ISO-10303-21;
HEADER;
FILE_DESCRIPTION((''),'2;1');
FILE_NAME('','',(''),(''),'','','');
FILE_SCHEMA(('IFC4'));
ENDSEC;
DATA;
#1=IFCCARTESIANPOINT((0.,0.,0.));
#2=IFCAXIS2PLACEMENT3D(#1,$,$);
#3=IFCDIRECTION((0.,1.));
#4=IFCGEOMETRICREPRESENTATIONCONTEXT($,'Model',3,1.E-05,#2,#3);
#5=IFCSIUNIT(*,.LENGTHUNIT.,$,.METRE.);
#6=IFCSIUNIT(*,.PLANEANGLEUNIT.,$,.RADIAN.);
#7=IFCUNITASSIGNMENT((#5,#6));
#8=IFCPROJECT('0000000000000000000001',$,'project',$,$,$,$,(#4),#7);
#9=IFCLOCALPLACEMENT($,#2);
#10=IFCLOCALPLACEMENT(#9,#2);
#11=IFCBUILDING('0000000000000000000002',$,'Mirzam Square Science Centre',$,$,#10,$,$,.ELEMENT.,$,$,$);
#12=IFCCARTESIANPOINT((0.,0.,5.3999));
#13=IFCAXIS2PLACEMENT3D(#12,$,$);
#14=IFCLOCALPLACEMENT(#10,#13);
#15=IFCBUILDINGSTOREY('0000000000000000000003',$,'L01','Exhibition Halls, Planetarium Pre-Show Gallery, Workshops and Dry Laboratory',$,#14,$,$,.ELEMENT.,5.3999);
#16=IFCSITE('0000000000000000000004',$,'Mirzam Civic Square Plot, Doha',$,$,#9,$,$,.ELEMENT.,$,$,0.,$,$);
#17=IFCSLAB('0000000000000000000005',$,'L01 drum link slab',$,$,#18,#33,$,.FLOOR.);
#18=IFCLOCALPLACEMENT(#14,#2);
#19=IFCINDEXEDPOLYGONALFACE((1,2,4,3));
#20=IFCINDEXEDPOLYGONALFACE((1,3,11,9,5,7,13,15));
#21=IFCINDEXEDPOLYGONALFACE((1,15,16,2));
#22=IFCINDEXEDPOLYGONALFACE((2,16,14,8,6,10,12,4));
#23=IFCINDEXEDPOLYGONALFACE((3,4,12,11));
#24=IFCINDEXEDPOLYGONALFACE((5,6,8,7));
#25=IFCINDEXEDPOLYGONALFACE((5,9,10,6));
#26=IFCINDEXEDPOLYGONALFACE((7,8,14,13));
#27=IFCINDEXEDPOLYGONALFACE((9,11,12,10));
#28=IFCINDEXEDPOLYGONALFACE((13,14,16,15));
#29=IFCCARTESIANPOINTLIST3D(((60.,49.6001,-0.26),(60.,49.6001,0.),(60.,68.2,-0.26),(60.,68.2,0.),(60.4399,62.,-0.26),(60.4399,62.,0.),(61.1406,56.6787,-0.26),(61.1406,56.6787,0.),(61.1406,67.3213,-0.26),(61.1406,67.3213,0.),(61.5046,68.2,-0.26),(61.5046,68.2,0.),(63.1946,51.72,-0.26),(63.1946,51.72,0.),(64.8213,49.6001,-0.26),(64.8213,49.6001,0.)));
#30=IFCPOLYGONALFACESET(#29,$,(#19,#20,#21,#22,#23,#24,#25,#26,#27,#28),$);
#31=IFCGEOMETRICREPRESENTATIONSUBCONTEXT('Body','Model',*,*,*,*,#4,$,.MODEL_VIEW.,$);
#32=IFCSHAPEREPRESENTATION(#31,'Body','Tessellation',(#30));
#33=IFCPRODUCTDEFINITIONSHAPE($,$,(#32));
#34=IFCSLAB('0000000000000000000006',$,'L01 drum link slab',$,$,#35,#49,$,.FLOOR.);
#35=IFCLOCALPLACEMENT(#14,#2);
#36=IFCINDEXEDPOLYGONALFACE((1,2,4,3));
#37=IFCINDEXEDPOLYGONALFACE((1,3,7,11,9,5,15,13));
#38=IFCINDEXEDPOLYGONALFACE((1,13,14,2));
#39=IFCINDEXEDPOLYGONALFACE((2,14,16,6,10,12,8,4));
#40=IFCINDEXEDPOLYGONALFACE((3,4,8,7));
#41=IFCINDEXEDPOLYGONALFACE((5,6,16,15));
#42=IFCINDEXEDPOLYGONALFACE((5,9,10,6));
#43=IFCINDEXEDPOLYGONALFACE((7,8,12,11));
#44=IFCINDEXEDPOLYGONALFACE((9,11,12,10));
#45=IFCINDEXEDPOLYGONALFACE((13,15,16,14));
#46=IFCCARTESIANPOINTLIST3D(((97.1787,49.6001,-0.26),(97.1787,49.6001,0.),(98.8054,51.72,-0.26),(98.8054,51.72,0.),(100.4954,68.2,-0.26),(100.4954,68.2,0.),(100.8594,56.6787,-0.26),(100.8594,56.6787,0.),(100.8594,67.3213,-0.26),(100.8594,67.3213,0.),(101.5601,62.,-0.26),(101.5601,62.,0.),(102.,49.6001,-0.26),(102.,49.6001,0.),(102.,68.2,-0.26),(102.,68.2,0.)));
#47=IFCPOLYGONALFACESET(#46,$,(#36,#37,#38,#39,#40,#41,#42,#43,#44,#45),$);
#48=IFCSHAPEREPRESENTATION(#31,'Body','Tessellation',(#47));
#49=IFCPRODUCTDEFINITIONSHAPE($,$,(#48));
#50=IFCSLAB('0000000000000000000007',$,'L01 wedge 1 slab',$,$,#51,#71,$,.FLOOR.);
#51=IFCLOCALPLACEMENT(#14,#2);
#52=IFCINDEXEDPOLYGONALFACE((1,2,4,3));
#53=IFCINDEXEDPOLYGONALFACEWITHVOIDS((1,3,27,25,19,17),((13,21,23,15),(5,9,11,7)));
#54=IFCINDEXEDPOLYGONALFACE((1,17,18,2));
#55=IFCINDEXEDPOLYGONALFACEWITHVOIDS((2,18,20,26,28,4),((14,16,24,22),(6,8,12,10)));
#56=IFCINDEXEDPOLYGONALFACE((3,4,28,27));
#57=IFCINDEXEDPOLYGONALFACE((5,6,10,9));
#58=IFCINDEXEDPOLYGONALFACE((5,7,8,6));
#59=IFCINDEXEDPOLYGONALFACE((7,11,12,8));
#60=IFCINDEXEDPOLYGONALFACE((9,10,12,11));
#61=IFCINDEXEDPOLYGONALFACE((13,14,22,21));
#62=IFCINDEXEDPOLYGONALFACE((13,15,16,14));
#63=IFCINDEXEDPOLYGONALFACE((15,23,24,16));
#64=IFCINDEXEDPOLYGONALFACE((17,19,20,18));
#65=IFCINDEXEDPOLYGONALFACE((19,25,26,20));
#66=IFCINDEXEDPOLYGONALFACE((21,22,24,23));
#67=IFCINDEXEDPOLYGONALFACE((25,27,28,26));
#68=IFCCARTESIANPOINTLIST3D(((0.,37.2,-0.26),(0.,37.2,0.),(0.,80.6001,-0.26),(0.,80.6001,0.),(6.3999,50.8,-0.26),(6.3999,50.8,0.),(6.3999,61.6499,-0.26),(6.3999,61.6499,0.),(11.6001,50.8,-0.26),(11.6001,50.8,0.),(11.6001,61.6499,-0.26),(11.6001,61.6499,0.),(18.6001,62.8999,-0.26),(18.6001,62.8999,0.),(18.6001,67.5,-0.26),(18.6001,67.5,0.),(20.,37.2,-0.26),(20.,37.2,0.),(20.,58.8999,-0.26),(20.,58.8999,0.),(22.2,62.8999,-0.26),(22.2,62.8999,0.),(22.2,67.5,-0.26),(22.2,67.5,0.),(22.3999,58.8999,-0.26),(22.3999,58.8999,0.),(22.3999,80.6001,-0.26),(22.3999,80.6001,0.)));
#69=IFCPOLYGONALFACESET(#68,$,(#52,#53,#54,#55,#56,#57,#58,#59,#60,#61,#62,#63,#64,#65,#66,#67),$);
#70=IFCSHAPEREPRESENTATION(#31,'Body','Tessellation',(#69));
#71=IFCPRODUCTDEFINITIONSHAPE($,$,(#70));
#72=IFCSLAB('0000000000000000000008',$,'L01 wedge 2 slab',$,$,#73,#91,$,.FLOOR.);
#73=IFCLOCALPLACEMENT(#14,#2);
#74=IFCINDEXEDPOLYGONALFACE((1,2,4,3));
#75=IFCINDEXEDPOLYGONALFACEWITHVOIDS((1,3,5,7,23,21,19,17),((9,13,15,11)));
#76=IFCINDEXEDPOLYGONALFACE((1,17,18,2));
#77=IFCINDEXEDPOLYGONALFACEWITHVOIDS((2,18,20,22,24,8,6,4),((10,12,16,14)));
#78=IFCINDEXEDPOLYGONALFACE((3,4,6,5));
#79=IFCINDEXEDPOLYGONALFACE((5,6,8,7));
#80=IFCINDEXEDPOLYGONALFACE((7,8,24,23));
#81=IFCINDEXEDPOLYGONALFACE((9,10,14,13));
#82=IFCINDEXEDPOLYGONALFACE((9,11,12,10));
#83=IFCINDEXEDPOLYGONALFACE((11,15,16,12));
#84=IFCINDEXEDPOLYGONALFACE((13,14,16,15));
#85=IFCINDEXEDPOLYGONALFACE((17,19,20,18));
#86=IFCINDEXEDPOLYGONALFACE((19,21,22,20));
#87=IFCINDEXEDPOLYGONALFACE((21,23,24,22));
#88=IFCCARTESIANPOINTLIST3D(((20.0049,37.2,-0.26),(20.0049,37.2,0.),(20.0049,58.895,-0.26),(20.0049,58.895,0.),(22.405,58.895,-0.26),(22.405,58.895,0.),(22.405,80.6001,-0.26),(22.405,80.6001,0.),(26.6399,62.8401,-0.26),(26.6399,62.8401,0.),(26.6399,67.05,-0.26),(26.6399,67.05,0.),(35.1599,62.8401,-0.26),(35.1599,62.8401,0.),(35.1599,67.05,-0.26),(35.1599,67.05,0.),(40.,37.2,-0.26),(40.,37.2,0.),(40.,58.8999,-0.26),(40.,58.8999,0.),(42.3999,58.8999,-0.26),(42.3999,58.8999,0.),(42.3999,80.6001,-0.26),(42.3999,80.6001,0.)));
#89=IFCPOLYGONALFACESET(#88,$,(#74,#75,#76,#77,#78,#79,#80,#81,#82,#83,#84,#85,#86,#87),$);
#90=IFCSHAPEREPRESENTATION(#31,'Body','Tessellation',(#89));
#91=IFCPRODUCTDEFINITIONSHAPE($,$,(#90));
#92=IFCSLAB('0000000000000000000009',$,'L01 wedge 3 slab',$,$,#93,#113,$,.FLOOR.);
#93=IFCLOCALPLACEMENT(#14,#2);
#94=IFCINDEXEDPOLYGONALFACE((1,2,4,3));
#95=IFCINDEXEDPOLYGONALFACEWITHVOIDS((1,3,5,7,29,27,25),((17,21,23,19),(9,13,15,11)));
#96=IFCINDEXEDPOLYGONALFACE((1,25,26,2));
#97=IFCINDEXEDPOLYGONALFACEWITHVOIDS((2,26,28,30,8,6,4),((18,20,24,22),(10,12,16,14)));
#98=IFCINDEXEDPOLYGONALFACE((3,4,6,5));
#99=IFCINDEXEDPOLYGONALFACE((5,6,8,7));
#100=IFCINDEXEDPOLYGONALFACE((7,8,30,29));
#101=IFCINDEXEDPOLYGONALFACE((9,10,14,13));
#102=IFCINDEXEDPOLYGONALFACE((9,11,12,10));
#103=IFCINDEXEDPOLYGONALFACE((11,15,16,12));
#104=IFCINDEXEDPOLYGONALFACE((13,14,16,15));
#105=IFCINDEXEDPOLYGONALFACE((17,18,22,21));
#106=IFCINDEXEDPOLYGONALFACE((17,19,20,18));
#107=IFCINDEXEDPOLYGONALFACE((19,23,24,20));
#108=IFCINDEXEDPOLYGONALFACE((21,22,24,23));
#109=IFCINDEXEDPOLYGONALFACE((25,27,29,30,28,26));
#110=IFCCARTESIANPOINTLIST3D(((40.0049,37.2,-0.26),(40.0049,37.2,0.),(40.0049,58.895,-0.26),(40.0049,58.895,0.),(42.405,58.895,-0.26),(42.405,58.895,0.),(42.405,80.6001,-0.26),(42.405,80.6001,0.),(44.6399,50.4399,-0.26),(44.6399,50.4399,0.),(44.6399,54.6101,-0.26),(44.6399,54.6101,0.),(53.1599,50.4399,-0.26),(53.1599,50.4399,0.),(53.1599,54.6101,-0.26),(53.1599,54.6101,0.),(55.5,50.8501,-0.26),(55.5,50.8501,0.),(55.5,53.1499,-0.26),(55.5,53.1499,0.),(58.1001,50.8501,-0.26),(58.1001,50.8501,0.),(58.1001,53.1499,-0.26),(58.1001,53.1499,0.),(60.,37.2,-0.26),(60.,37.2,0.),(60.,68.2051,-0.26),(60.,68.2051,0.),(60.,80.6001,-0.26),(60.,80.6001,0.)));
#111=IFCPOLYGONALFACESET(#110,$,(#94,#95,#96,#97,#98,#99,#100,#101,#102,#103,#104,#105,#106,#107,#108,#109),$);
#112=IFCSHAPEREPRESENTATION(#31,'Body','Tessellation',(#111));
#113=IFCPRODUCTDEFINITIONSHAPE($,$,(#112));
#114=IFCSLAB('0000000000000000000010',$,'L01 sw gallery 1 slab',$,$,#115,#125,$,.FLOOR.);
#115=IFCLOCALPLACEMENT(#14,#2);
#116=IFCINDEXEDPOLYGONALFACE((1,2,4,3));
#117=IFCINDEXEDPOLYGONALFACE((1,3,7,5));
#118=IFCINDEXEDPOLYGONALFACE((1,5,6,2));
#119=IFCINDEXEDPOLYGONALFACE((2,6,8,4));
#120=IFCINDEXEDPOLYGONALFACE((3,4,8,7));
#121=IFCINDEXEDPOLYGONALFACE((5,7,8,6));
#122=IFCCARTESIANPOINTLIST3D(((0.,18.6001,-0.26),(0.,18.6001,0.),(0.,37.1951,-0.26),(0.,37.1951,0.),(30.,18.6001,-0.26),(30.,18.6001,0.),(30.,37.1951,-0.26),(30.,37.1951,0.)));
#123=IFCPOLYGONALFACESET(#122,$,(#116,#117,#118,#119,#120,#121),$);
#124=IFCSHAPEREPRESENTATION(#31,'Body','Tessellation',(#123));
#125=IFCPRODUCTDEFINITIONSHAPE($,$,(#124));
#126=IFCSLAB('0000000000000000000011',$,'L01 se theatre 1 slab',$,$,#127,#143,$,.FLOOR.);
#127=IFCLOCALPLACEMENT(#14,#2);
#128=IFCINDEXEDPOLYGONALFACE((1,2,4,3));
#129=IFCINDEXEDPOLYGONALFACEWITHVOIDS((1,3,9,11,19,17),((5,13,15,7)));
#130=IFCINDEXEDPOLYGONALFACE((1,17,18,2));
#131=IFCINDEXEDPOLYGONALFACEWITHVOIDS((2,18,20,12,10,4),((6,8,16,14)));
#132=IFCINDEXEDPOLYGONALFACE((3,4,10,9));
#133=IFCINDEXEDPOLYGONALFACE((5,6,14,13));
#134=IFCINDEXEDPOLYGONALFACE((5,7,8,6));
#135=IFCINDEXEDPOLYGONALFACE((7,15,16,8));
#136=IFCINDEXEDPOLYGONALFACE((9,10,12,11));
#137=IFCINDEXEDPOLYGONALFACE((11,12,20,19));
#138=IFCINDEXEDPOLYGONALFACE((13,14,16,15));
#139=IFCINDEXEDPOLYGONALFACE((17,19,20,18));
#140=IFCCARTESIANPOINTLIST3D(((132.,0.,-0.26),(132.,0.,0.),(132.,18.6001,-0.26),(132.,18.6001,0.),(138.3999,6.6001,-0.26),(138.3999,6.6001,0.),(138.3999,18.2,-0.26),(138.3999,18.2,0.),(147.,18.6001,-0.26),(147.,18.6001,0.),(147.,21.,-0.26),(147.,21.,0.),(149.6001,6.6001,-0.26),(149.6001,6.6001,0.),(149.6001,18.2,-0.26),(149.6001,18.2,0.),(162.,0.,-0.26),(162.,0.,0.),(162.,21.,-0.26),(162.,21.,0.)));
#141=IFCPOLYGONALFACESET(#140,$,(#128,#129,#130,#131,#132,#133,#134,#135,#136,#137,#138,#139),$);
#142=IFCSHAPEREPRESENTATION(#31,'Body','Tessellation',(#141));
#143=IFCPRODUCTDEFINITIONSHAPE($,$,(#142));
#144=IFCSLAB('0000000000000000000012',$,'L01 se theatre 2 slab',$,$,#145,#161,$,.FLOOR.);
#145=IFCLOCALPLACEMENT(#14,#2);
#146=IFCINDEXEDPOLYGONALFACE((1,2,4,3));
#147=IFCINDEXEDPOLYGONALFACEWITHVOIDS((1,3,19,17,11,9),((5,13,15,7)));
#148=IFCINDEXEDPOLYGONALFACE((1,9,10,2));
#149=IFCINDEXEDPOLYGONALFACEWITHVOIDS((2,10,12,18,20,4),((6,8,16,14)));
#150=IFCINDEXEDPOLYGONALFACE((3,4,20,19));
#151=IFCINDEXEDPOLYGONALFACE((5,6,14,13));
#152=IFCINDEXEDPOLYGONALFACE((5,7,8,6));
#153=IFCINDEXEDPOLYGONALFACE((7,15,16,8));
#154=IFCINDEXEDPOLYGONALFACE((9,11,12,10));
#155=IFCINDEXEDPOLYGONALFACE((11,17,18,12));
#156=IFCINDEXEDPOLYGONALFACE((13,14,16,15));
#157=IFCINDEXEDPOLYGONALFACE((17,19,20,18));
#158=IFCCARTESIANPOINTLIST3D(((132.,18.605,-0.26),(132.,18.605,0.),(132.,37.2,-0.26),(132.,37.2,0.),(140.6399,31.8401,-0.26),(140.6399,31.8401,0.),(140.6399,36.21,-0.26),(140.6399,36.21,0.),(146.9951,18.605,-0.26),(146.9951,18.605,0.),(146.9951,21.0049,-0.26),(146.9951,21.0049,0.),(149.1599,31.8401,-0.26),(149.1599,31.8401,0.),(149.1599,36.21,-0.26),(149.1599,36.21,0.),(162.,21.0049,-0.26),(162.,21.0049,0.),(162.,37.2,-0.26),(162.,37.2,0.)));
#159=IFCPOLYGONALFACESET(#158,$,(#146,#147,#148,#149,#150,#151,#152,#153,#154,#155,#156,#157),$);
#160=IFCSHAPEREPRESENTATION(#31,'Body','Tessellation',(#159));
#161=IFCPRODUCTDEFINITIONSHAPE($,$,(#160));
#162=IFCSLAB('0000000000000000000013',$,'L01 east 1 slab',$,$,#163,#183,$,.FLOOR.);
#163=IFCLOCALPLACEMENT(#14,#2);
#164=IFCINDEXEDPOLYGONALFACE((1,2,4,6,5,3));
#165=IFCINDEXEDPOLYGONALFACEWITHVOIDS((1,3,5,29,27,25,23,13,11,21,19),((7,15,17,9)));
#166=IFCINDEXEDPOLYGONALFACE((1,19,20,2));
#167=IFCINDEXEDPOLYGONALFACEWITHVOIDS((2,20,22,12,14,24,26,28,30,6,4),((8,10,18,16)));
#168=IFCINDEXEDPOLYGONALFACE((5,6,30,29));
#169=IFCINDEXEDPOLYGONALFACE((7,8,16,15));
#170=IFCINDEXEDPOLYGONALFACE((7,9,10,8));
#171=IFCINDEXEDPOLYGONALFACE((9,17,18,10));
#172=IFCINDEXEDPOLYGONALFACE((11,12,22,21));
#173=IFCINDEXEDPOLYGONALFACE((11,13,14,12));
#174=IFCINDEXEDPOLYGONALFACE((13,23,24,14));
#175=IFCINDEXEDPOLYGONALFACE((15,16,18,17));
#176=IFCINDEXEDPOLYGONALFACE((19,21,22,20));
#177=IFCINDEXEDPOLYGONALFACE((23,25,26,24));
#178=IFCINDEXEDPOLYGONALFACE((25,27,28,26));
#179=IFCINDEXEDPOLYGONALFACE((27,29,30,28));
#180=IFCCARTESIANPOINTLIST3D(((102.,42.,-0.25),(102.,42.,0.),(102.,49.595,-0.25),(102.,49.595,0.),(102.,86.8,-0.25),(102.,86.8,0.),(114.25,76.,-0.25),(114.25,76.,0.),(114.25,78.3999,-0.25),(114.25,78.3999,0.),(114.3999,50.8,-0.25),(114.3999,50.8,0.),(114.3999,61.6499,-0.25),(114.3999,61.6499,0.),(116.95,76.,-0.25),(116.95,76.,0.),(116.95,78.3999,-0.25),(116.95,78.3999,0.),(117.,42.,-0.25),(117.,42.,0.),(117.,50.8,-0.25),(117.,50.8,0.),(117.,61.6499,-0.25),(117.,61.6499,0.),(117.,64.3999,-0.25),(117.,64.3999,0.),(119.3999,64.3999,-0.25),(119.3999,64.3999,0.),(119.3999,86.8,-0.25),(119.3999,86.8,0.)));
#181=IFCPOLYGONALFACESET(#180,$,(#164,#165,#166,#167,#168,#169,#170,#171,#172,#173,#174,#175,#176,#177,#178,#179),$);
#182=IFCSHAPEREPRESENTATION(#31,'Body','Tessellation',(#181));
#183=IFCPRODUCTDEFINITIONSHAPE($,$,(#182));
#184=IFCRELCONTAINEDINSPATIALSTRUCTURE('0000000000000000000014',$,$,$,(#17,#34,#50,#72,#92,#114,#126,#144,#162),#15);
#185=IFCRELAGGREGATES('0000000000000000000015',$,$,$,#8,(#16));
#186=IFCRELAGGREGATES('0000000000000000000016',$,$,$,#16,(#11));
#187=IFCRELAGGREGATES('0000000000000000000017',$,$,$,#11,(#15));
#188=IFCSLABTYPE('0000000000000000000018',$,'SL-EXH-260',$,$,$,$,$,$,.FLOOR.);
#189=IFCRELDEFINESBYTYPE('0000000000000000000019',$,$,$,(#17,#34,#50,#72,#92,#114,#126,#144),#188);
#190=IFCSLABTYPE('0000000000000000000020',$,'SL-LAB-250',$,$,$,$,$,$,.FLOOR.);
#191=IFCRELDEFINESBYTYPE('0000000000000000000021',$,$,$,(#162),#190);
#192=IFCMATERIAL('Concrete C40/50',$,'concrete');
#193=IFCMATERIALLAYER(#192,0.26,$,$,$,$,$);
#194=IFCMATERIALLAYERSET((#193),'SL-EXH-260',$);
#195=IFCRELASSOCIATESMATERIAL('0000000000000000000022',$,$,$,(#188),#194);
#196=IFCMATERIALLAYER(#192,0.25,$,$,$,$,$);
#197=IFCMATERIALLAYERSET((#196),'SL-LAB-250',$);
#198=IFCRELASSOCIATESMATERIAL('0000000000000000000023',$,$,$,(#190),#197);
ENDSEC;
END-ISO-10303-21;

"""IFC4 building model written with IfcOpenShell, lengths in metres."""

from ifc_helpers import new_model, si_unit, direction, frame, origin, place, context, subcontext, project, spatial, polyline, outline, extrude, material, layer, layer_set, type_object, element, save


model = new_model("IFC4")

# Units and contexts
model_context = context("Model", 3, precision=1e-05, world=origin(), true_north=direction((0.0, 1.0)))
body_context = subcontext(model_context, "Body", "Model", "MODEL_VIEW")
ifc_project = project(units=[si_unit("LENGTHUNIT", "METRE"), si_unit("PLANEANGLEUNIT", "RADIAN")], contexts=[model_context])

# Site, building, storey
site_placement = place(None, origin())
site = spatial("IfcSite", under=ifc_project, at=site_placement, Name="Mirzam Civic Square Plot, Doha", CompositionType="ELEMENT", RefElevation=0.0)
building_placement = place(site_placement, origin())
building = spatial("IfcBuilding", under=site, at=building_placement, Name="Mirzam Square Science Centre", CompositionType="ELEMENT")
storey_placement = place(building_placement, frame((0.0, 0.0, 5.3999)))
storey = spatial("IfcBuildingStorey", under=building, at=storey_placement, Name="L01", Description="Exhibition Halls, Planetarium Pre-Show Gallery, Workshops and Dry Laboratory", CompositionType="ELEMENT", Elevation=5.3999)

# Slabs
ifc_material_1 = material(Name="Concrete C40/50", Category="concrete")
ifc_layer_1 = layer(ifc_material_1, 0.26)
ifc_layer_set_1 = layer_set([ifc_layer_1], Name="SL-EXH-260")
slab_type_1 = type_object("IfcSlabType", Name="SL-EXH-260", PredefinedType="FLOOR", material=ifc_layer_set_1)
slab_1_placement = place(storey_placement, frame((0.0, 0.0, -0.26)))
element("IfcSlab", 1, at=slab_1_placement, inside=storey, type_object=slab_type_1, Name="L01 drum link slab", PredefinedType="FLOOR", context=body_context, shape_type="SweptSolid", body=[
    extrude(outline(polyline([(61.5046, 68.2), (61.1406, 67.3213), (60.4399, 62.0), (61.1406, 56.6787), (63.1946, 51.72), (64.8213, 49.6001), (60.0, 49.6001), (60.0, 68.2), (61.5046, 68.2)])), origin(), (0.0, 0.0, 1.0), 0.26),
])
slab_2_placement = place(storey_placement, frame((0.0, 0.0, -0.26)))
element("IfcSlab", 2, at=slab_2_placement, inside=storey, type_object=slab_type_1, Name="L01 drum link slab", PredefinedType="FLOOR", context=body_context, shape_type="SweptSolid", body=[
    extrude(outline(polyline([(97.1787, 49.6001), (98.8054, 51.72), (100.8594, 56.6787), (101.5601, 62.0), (100.8594, 67.3213), (100.4954, 68.2), (102.0, 68.2), (102.0, 49.6001), (97.1787, 49.6001)])), origin(), (0.0, 0.0, 1.0), 0.26),
])
slab_3_placement = place(storey_placement, frame((0.0, 0.0, -0.26)))
element("IfcSlab", 3, at=slab_3_placement, inside=storey, type_object=slab_type_1, Name="L01 wedge 1 slab", PredefinedType="FLOOR", context=body_context, shape_type="SweptSolid", body=[
    extrude(outline(polyline([(0.0, 80.6001), (22.3999, 80.6001), (22.3999, 58.8999), (20.0, 58.8999), (20.0, 37.2), (0.0, 37.2), (0.0, 80.6001)]), holes=[polyline([(11.6001, 61.6499), (6.3999, 61.6499), (6.3999, 50.8), (11.6001, 50.8), (11.6001, 61.6499)]), polyline([(22.2, 67.5), (18.6001, 67.5), (18.6001, 62.8999), (22.2, 62.8999), (22.2, 67.5)])]), origin(), (0.0, 0.0, 1.0), 0.26),
])
slab_4_placement = place(storey_placement, frame((0.0, 0.0, -0.26)))
element("IfcSlab", 4, at=slab_4_placement, inside=storey, type_object=slab_type_1, Name="L01 wedge 2 slab", PredefinedType="FLOOR", context=body_context, shape_type="SweptSolid", body=[
    extrude(outline(polyline([(42.3999, 80.6001), (42.3999, 58.8999), (40.0, 58.8999), (40.0, 37.2), (20.0049, 37.2), (20.0049, 58.895), (22.405, 58.895), (22.405, 80.6001), (42.3999, 80.6001)]), holes=[polyline([(35.1599, 62.8401), (35.1599, 67.05), (26.6399, 67.05), (26.6399, 62.8401), (35.1599, 62.8401)])]), origin(), (0.0, 0.0, 1.0), 0.26),
])
slab_5_placement = place(storey_placement, frame((0.0, 0.0, -0.26)))
element("IfcSlab", 5, at=slab_5_placement, inside=storey, type_object=slab_type_1, Name="L01 wedge 3 slab", PredefinedType="FLOOR", context=body_context, shape_type="SweptSolid", body=[
    extrude(outline(polyline([(60.0, 80.6001), (60.0, 68.2051), (60.0, 37.2), (40.0049, 37.2), (40.0049, 58.895), (42.405, 58.895), (42.405, 80.6001), (60.0, 80.6001)]), holes=[polyline([(58.1001, 53.1499), (55.5, 53.1499), (55.5, 50.8501), (58.1001, 50.8501), (58.1001, 53.1499)]), polyline([(53.1599, 54.6101), (44.6399, 54.6101), (44.6399, 50.4399), (53.1599, 50.4399), (53.1599, 54.6101)])]), origin(), (0.0, 0.0, 1.0), 0.26),
])
slab_6_placement = place(storey_placement, frame((0.0, 0.0, -0.26)))
element("IfcSlab", 6, at=slab_6_placement, inside=storey, type_object=slab_type_1, Name="L01 sw gallery 1 slab", PredefinedType="FLOOR", context=body_context, shape_type="SweptSolid", body=[
    extrude(outline(polyline([(30.0, 18.6001), (0.0, 18.6001), (0.0, 37.1951), (30.0, 37.1951), (30.0, 18.6001)])), origin(), (0.0, 0.0, 1.0), 0.26),
])
slab_7_placement = place(storey_placement, frame((0.0, 0.0, -0.26)))
element("IfcSlab", 7, at=slab_7_placement, inside=storey, type_object=slab_type_1, Name="L01 se theatre 1 slab", PredefinedType="FLOOR", context=body_context, shape_type="SweptSolid", body=[
    extrude(outline(polyline([(147.0, 18.6001), (147.0, 21.0), (162.0, 21.0), (162.0, 0.0), (132.0, 0.0), (132.0, 18.6001), (147.0, 18.6001)]), holes=[polyline([(149.6001, 18.2), (138.3999, 18.2), (138.3999, 6.6001), (149.6001, 6.6001), (149.6001, 18.2)])]), origin(), (0.0, 0.0, 1.0), 0.26),
])
slab_8_placement = place(storey_placement, frame((0.0, 0.0, -0.26)))
element("IfcSlab", 8, at=slab_8_placement, inside=storey, type_object=slab_type_1, Name="L01 se theatre 2 slab", PredefinedType="FLOOR", context=body_context, shape_type="SweptSolid", body=[
    extrude(outline(polyline([(132.0, 37.2), (162.0, 37.2), (162.0, 21.0049), (146.9951, 21.0049), (146.9951, 18.605), (132.0, 18.605), (132.0, 37.2)]), holes=[polyline([(149.1599, 36.21), (140.6399, 36.21), (140.6399, 31.8401), (149.1599, 31.8401), (149.1599, 36.21)])]), origin(), (0.0, 0.0, 1.0), 0.26),
])
ifc_layer_2 = layer(ifc_material_1, 0.25)
ifc_layer_set_2 = layer_set([ifc_layer_2], Name="SL-LAB-250")
slab_type_2 = type_object("IfcSlabType", Name="SL-LAB-250", PredefinedType="FLOOR", material=ifc_layer_set_2)
slab_9_placement = place(storey_placement, frame((0.0, 0.0, -0.25)))
element("IfcSlab", 9, at=slab_9_placement, inside=storey, type_object=slab_type_2, Name="L01 east 1 slab", PredefinedType="FLOOR", context=body_context, shape_type="SweptSolid", body=[
    extrude(outline(polyline([(102.0, 42.0), (102.0, 49.595), (102.0, 86.8), (119.3999, 86.8), (119.3999, 64.3999), (117.0, 64.3999), (117.0, 61.6499), (114.3999, 61.6499), (114.3999, 50.8), (117.0, 50.8), (117.0, 42.0), (102.0, 42.0)]), holes=[polyline([(116.95, 76.0), (116.95, 78.3999), (114.25, 78.3999), (114.25, 76.0), (116.95, 76.0)])]), origin(), (0.0, 0.0, 1.0), 0.25),
])

save(model, "model.ifc")
